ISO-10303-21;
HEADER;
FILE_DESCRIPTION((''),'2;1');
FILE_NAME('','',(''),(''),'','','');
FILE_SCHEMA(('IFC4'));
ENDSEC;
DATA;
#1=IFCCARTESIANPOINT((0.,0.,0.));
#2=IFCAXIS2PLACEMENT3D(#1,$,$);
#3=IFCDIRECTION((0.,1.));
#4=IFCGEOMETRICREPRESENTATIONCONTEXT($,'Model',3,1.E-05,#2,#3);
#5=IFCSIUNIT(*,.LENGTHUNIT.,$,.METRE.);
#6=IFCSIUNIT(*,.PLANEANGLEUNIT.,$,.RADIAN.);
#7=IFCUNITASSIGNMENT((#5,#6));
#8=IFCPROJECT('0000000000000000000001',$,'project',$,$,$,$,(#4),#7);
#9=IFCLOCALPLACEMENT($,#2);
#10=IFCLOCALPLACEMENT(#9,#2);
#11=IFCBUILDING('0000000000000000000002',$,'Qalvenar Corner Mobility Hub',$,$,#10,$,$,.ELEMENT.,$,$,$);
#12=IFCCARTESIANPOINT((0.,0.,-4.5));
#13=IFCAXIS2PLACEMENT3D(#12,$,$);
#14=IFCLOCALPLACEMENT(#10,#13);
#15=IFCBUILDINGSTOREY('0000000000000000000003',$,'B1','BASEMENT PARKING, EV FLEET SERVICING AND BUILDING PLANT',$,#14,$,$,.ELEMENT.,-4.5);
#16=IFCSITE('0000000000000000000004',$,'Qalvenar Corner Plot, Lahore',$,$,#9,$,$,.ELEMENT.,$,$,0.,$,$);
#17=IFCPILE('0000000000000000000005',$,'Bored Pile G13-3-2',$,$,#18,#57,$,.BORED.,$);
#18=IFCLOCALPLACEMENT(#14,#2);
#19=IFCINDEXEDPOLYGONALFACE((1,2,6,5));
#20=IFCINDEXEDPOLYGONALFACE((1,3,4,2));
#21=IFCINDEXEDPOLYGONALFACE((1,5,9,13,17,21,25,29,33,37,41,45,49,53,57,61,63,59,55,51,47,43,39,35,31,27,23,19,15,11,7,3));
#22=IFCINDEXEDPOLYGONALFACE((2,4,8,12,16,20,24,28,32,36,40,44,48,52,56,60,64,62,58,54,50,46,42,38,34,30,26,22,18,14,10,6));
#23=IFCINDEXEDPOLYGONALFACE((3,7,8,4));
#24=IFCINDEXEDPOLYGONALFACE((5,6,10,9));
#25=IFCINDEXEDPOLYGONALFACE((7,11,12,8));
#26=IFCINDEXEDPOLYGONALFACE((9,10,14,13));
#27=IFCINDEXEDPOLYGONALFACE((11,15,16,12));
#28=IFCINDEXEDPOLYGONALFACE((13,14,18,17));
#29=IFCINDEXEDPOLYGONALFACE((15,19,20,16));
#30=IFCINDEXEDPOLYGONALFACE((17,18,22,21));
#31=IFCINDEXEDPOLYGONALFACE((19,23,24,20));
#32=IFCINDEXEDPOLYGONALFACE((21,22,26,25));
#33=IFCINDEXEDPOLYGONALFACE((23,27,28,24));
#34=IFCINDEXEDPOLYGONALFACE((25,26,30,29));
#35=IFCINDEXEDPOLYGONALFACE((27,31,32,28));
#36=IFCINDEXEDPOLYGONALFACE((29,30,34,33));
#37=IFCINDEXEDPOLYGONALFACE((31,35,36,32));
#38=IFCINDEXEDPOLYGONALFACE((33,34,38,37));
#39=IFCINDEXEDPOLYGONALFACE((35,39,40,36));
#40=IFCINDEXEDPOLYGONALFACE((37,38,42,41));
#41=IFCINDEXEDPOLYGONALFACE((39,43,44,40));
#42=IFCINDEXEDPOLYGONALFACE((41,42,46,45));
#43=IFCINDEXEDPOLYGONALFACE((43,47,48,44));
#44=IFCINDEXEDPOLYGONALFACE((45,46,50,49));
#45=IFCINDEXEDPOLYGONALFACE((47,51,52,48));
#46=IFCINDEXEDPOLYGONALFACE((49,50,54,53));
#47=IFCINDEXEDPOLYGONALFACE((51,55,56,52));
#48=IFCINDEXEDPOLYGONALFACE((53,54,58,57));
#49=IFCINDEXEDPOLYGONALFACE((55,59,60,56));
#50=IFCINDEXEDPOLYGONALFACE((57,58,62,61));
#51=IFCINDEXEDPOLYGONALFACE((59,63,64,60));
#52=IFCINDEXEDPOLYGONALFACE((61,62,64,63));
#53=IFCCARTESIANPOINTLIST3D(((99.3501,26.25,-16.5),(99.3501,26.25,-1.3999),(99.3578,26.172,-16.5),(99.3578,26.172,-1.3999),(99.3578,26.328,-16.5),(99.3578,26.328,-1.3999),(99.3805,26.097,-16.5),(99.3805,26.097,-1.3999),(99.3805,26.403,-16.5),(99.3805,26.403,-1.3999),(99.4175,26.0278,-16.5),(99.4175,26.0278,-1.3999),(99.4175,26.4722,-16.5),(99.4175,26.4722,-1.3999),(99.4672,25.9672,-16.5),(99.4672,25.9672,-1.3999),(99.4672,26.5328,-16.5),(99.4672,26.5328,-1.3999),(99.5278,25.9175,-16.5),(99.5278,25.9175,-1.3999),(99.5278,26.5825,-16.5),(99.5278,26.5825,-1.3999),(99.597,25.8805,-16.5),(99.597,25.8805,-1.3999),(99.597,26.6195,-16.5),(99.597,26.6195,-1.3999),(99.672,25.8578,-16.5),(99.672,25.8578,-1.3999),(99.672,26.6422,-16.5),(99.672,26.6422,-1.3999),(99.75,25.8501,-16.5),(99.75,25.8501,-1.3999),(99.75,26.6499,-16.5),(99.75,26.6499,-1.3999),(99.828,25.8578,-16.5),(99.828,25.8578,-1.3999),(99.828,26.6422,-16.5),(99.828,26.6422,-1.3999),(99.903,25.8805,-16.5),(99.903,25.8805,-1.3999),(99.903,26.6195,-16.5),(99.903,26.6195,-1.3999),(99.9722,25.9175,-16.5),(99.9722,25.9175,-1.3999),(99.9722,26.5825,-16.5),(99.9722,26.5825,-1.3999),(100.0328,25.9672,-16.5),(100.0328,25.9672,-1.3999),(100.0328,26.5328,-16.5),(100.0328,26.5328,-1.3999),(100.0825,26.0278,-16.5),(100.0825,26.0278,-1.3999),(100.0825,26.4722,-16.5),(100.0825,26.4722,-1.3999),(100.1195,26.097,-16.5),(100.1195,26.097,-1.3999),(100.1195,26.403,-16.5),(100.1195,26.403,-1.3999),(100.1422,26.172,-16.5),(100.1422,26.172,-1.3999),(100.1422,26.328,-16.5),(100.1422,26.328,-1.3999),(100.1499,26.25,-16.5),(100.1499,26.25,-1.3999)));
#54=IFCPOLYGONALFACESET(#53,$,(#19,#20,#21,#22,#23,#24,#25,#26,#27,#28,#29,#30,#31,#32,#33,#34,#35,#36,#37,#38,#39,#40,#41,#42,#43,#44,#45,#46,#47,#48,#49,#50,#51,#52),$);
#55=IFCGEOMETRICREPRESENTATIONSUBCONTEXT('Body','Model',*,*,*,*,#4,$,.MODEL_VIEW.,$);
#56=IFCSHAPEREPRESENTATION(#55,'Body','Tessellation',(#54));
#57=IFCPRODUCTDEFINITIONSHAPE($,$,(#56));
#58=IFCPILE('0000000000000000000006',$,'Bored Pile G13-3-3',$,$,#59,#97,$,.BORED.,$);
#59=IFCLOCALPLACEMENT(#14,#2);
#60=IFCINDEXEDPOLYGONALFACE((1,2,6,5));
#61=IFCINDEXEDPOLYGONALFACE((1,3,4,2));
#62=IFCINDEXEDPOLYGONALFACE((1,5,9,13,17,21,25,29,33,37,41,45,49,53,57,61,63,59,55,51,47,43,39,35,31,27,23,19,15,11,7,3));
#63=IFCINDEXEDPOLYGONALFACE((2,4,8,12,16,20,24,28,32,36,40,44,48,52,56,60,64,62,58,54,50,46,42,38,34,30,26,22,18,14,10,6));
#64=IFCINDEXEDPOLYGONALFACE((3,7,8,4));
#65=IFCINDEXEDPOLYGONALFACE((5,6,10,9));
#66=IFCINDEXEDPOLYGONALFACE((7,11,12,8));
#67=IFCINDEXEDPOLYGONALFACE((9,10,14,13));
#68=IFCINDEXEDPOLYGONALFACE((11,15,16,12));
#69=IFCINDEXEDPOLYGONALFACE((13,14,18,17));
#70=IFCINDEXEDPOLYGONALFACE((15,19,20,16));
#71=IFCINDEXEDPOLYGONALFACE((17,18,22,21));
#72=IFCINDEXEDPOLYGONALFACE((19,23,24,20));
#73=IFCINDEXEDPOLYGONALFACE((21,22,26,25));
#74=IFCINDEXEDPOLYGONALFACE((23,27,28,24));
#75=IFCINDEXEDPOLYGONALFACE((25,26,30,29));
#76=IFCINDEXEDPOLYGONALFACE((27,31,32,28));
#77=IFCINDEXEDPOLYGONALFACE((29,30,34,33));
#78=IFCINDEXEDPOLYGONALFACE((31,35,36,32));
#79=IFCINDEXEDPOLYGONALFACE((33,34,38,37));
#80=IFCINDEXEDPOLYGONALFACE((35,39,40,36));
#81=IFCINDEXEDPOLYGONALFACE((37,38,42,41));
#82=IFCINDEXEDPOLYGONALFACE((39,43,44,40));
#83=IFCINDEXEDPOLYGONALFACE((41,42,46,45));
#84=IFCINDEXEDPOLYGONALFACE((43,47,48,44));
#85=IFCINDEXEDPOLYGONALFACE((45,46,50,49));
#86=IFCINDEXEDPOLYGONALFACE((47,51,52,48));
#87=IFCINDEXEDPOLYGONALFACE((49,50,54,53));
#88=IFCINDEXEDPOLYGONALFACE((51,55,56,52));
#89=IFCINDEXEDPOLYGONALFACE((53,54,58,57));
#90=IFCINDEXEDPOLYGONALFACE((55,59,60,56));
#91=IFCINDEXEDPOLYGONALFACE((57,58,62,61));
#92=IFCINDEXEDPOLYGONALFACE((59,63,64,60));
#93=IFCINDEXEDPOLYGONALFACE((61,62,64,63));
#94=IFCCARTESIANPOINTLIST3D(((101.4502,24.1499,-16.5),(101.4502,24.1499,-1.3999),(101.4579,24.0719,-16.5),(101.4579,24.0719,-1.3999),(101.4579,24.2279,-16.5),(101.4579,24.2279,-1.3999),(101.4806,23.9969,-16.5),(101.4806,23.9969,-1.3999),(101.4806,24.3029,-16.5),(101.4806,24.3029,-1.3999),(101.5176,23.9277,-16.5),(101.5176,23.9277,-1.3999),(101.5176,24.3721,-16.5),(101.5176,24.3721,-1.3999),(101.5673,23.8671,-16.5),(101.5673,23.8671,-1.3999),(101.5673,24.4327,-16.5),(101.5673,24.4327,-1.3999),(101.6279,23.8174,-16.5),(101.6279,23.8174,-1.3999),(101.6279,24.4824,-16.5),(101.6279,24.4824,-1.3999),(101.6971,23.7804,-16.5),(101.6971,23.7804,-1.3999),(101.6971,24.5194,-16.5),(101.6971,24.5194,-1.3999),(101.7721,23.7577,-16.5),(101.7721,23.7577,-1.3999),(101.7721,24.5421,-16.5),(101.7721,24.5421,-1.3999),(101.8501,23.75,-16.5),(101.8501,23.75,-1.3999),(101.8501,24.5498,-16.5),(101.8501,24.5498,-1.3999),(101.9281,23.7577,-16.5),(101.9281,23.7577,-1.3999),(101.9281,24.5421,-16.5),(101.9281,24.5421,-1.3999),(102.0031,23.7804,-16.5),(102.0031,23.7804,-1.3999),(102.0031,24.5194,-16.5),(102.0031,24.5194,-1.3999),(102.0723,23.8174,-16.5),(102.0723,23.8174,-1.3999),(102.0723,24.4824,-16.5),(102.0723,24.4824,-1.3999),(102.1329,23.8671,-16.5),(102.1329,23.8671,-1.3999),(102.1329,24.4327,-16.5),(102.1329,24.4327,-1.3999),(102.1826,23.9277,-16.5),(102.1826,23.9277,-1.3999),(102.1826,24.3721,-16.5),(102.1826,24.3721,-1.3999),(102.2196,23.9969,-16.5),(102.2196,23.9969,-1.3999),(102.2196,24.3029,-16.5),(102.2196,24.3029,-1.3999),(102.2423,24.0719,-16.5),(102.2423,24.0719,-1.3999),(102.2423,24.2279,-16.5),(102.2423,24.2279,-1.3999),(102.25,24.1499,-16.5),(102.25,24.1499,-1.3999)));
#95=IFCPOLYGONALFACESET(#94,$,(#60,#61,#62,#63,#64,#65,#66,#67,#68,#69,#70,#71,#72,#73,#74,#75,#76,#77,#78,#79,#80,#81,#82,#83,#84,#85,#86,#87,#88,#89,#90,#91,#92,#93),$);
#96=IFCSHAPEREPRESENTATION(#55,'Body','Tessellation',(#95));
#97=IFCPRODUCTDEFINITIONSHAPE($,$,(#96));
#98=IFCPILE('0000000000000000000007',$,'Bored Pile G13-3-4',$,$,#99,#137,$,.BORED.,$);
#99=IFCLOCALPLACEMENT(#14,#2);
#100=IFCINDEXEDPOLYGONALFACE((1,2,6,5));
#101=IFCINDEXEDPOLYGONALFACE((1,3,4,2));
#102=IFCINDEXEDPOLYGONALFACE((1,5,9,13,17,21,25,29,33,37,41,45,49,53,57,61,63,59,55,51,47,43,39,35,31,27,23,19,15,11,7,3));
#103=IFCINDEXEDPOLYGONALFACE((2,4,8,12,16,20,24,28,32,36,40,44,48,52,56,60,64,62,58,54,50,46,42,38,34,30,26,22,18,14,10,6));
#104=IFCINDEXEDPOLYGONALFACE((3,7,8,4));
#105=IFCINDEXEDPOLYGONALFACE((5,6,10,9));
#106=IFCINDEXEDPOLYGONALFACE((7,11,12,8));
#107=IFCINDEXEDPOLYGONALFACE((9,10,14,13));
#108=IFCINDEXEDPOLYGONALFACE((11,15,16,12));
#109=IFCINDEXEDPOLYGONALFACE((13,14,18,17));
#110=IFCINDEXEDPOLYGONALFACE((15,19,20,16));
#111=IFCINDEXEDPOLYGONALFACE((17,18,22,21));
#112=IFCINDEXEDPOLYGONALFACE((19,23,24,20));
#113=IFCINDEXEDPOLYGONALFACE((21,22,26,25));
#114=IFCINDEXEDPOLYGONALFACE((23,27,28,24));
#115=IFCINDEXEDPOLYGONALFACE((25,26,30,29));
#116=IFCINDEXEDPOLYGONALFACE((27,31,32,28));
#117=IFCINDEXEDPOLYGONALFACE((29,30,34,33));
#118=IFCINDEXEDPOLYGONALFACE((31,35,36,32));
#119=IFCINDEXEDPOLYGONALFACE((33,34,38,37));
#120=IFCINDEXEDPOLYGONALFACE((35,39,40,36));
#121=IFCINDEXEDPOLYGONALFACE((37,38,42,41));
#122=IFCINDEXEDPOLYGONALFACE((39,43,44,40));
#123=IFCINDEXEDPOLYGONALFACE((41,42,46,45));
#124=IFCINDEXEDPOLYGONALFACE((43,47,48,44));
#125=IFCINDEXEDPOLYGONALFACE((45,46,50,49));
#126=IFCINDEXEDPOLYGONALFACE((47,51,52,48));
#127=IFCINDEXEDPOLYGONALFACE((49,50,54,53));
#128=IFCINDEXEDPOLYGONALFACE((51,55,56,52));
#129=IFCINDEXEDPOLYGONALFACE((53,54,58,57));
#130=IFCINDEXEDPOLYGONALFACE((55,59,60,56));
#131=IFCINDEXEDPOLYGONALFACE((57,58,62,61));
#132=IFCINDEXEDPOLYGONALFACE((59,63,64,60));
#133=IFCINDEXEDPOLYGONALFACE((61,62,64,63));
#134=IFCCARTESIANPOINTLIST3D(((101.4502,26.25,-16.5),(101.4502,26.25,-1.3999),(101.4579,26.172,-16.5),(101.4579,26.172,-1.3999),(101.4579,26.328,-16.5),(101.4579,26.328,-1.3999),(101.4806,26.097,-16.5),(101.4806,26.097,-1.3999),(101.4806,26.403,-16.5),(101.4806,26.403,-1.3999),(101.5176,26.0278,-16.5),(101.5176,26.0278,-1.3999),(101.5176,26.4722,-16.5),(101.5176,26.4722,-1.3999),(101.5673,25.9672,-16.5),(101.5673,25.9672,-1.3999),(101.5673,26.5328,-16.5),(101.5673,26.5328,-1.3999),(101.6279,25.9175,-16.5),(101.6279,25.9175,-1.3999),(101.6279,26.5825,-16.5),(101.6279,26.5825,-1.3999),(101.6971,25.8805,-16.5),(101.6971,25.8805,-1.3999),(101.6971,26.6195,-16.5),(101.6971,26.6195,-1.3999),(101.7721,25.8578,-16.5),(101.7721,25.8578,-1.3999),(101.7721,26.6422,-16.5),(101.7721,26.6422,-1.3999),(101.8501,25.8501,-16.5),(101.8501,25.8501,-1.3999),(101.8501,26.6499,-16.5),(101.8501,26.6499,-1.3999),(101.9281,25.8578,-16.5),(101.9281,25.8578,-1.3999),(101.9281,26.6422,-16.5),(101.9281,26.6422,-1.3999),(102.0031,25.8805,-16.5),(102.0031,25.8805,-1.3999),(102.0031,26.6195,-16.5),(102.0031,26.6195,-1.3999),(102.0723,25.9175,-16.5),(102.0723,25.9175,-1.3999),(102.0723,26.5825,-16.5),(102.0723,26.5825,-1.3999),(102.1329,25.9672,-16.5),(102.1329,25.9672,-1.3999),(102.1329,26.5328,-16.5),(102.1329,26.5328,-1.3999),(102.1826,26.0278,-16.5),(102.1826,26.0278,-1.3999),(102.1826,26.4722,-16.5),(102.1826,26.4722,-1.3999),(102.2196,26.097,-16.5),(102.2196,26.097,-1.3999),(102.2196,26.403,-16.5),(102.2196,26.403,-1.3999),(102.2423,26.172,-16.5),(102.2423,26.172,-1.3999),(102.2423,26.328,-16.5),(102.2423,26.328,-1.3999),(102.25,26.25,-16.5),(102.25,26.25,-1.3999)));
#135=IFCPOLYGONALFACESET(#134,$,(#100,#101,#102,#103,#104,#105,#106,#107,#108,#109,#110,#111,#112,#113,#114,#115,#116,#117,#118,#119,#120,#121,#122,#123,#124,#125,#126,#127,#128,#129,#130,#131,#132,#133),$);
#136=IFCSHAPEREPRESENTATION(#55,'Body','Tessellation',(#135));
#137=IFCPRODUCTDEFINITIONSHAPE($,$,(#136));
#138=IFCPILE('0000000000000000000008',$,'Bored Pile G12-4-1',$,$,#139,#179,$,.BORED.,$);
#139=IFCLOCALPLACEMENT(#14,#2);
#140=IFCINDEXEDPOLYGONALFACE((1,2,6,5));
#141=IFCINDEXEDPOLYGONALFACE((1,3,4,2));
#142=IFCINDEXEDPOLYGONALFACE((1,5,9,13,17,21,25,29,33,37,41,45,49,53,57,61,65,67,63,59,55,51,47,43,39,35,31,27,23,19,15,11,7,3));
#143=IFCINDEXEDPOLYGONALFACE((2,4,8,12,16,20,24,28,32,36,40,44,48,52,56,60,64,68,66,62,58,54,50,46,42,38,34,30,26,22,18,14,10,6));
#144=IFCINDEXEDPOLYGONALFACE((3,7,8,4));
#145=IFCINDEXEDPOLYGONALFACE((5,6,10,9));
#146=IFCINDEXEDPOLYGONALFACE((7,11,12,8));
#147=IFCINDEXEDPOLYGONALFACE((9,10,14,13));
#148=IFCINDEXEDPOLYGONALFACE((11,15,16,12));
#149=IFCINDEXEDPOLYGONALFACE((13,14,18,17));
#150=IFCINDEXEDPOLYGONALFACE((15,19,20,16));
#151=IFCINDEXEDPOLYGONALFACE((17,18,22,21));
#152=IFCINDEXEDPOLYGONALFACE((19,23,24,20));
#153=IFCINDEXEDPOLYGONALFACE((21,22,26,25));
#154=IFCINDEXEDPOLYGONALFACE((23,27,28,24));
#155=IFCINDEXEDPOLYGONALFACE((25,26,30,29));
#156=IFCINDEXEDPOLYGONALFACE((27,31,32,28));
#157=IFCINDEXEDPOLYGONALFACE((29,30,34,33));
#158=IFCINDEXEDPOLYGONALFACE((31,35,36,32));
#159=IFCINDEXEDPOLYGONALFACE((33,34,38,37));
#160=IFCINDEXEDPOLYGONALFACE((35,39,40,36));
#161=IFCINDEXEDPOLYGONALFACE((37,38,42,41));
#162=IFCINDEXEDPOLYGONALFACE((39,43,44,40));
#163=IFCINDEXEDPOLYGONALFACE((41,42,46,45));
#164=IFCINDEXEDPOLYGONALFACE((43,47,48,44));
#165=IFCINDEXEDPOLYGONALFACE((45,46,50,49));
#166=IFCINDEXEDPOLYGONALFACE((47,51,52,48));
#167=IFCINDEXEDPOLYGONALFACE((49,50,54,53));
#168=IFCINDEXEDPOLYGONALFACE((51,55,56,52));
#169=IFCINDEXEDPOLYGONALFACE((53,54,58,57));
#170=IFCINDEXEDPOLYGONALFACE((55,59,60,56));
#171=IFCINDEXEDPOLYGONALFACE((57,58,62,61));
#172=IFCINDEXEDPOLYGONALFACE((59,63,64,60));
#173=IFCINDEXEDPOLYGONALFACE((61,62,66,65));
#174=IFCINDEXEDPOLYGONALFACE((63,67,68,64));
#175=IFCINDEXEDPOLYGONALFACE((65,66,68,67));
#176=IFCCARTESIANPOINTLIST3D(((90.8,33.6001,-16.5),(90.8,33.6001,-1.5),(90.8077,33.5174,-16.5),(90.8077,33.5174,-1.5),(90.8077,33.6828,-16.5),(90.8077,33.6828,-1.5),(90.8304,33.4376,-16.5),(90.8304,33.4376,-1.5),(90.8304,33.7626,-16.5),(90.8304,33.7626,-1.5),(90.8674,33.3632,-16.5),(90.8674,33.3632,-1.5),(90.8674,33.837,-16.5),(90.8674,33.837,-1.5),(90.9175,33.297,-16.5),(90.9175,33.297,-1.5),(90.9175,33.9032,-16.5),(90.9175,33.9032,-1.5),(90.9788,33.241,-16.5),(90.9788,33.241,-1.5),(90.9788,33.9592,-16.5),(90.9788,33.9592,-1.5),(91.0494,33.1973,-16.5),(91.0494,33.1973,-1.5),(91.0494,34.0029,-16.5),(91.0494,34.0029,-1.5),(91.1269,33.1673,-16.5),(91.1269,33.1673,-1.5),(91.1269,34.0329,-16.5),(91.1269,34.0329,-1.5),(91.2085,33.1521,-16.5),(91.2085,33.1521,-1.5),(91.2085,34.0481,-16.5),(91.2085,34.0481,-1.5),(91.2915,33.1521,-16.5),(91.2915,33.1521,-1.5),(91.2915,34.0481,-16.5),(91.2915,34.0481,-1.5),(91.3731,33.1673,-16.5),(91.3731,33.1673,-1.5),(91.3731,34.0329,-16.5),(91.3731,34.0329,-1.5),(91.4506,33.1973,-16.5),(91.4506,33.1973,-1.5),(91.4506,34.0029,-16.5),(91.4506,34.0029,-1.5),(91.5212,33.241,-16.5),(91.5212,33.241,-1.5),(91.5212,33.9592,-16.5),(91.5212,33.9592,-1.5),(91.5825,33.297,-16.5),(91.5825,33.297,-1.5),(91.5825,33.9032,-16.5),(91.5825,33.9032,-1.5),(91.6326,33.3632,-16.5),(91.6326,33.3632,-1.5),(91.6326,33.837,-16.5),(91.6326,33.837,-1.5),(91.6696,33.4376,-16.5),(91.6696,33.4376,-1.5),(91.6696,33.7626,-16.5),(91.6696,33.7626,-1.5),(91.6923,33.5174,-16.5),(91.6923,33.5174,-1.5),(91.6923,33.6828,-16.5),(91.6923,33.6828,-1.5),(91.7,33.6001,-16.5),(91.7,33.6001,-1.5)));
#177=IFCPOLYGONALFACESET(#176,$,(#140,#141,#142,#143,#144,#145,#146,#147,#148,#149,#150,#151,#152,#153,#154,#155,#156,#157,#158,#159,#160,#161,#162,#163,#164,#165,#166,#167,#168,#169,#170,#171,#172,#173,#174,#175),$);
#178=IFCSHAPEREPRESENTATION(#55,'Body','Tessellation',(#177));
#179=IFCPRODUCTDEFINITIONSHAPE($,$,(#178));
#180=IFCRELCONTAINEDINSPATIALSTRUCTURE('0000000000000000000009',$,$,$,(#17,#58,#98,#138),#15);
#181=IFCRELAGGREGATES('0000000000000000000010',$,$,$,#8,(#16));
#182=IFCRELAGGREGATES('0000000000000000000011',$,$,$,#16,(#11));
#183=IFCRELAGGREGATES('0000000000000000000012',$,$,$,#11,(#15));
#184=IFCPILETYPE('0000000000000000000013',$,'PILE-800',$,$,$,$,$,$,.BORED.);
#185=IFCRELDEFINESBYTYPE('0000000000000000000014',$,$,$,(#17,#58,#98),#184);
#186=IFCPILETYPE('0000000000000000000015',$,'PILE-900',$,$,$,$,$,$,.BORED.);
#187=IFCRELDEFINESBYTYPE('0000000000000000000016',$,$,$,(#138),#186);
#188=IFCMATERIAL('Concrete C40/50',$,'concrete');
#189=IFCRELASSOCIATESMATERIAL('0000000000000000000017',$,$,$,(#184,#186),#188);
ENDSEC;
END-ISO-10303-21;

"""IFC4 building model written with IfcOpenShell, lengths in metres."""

from ifc_helpers import new_model, si_unit, direction, frame, origin, origin_2d, place, context, subcontext, project, spatial, circle, extrude, material, material_profile, profile_set, type_object, element, save


model = new_model("IFC4")

# Units and contexts
model_context = context("Model", 3, precision=1e-05, world=origin(), true_north=direction((0.0, 1.0)))
body_context = subcontext(model_context, "Body", "Model", "MODEL_VIEW")
ifc_project = project(units=[si_unit("LENGTHUNIT", "METRE"), si_unit("PLANEANGLEUNIT", "RADIAN")], contexts=[model_context])

# Site, building, storey
site_placement = place(None, origin())
site = spatial("IfcSite", under=ifc_project, at=site_placement, Name="Qalvenar Corner Plot, Lahore", CompositionType="ELEMENT", RefElevation=0.0)
building_placement = place(site_placement, origin())
building = spatial("IfcBuilding", under=site, at=building_placement, Name="Qalvenar Corner Mobility Hub", CompositionType="ELEMENT")
storey_placement = place(building_placement, frame((0.0, 0.0, -4.5)))
storey = spatial("IfcBuildingStorey", under=building, at=storey_placement, Name="B1", Description="BASEMENT PARKING, EV FLEET SERVICING AND BUILDING PLANT", CompositionType="ELEMENT", Elevation=-4.5)

# Shared definitions
ifc_material_1 = material(Name="Concrete C40/50", Category="concrete")

# Piles
ifc_material_profile_1 = material_profile(ifc_material_1, circle(Radius=0.3999, at=origin_2d()), Name="DIA800")
ifc_profile_set_1 = profile_set([ifc_material_profile_1], Name="Concrete C40/50")
pile_type_1 = type_object("IfcPileType", Name="PILE-800", PredefinedType="BORED", material=ifc_profile_set_1)
for number, where, z_axis, x_axis, name in (
    (1, (99.75, 26.25, -1.3999), (0.0, 0.0, -1.0), (1.0, 0.0, 0.0), "Bored Pile G13-3-2"),
    (2, (101.8501, 24.1499, -1.3999), (0.0, 0.0, -1.0), (1.0, 0.0, 0.0), "Bored Pile G13-3-3"),
    (3, (101.8501, 26.25, -1.3999), (0.0, 0.0, -1.0), (1.0, 0.0, 0.0), "Bored Pile G13-3-4"),
):
    element("IfcPile", number, at=place(storey_placement, frame(where, z_axis=z_axis, x_axis=x_axis)), inside=storey, type_object=pile_type_1, Name=name, PredefinedType="BORED", context=body_context, shape_type="SweptSolid", body=[
        extrude(circle(Radius=0.3999, at=origin_2d()), origin(), (0.0, 0.0, 1.0), 15.1001),
    ])
ifc_material_profile_2 = material_profile(ifc_material_1, circle(Radius=0.45, at=origin_2d()), Name="DIA900")
ifc_profile_set_2 = profile_set([ifc_material_profile_2], Name="Concrete C40/50")
pile_type_2 = type_object("IfcPileType", Name="PILE-900", PredefinedType="BORED", material=ifc_profile_set_2)
for number, where, z_axis, x_axis, name in (
    (4, (91.25, 33.6001, -1.5), (0.0, 0.0, -1.0), (1.0, 0.0, 0.0), "Bored Pile G12-4-1"),
):
    element("IfcPile", number, at=place(storey_placement, frame(where, z_axis=z_axis, x_axis=x_axis)), inside=storey, type_object=pile_type_2, Name=name, PredefinedType="BORED", context=body_context, shape_type="SweptSolid", body=[
        extrude(circle(Radius=0.45, at=origin_2d()), origin(), (0.0, 0.0, 1.0), 15.0),
    ])

save(model, "model.ifc")
